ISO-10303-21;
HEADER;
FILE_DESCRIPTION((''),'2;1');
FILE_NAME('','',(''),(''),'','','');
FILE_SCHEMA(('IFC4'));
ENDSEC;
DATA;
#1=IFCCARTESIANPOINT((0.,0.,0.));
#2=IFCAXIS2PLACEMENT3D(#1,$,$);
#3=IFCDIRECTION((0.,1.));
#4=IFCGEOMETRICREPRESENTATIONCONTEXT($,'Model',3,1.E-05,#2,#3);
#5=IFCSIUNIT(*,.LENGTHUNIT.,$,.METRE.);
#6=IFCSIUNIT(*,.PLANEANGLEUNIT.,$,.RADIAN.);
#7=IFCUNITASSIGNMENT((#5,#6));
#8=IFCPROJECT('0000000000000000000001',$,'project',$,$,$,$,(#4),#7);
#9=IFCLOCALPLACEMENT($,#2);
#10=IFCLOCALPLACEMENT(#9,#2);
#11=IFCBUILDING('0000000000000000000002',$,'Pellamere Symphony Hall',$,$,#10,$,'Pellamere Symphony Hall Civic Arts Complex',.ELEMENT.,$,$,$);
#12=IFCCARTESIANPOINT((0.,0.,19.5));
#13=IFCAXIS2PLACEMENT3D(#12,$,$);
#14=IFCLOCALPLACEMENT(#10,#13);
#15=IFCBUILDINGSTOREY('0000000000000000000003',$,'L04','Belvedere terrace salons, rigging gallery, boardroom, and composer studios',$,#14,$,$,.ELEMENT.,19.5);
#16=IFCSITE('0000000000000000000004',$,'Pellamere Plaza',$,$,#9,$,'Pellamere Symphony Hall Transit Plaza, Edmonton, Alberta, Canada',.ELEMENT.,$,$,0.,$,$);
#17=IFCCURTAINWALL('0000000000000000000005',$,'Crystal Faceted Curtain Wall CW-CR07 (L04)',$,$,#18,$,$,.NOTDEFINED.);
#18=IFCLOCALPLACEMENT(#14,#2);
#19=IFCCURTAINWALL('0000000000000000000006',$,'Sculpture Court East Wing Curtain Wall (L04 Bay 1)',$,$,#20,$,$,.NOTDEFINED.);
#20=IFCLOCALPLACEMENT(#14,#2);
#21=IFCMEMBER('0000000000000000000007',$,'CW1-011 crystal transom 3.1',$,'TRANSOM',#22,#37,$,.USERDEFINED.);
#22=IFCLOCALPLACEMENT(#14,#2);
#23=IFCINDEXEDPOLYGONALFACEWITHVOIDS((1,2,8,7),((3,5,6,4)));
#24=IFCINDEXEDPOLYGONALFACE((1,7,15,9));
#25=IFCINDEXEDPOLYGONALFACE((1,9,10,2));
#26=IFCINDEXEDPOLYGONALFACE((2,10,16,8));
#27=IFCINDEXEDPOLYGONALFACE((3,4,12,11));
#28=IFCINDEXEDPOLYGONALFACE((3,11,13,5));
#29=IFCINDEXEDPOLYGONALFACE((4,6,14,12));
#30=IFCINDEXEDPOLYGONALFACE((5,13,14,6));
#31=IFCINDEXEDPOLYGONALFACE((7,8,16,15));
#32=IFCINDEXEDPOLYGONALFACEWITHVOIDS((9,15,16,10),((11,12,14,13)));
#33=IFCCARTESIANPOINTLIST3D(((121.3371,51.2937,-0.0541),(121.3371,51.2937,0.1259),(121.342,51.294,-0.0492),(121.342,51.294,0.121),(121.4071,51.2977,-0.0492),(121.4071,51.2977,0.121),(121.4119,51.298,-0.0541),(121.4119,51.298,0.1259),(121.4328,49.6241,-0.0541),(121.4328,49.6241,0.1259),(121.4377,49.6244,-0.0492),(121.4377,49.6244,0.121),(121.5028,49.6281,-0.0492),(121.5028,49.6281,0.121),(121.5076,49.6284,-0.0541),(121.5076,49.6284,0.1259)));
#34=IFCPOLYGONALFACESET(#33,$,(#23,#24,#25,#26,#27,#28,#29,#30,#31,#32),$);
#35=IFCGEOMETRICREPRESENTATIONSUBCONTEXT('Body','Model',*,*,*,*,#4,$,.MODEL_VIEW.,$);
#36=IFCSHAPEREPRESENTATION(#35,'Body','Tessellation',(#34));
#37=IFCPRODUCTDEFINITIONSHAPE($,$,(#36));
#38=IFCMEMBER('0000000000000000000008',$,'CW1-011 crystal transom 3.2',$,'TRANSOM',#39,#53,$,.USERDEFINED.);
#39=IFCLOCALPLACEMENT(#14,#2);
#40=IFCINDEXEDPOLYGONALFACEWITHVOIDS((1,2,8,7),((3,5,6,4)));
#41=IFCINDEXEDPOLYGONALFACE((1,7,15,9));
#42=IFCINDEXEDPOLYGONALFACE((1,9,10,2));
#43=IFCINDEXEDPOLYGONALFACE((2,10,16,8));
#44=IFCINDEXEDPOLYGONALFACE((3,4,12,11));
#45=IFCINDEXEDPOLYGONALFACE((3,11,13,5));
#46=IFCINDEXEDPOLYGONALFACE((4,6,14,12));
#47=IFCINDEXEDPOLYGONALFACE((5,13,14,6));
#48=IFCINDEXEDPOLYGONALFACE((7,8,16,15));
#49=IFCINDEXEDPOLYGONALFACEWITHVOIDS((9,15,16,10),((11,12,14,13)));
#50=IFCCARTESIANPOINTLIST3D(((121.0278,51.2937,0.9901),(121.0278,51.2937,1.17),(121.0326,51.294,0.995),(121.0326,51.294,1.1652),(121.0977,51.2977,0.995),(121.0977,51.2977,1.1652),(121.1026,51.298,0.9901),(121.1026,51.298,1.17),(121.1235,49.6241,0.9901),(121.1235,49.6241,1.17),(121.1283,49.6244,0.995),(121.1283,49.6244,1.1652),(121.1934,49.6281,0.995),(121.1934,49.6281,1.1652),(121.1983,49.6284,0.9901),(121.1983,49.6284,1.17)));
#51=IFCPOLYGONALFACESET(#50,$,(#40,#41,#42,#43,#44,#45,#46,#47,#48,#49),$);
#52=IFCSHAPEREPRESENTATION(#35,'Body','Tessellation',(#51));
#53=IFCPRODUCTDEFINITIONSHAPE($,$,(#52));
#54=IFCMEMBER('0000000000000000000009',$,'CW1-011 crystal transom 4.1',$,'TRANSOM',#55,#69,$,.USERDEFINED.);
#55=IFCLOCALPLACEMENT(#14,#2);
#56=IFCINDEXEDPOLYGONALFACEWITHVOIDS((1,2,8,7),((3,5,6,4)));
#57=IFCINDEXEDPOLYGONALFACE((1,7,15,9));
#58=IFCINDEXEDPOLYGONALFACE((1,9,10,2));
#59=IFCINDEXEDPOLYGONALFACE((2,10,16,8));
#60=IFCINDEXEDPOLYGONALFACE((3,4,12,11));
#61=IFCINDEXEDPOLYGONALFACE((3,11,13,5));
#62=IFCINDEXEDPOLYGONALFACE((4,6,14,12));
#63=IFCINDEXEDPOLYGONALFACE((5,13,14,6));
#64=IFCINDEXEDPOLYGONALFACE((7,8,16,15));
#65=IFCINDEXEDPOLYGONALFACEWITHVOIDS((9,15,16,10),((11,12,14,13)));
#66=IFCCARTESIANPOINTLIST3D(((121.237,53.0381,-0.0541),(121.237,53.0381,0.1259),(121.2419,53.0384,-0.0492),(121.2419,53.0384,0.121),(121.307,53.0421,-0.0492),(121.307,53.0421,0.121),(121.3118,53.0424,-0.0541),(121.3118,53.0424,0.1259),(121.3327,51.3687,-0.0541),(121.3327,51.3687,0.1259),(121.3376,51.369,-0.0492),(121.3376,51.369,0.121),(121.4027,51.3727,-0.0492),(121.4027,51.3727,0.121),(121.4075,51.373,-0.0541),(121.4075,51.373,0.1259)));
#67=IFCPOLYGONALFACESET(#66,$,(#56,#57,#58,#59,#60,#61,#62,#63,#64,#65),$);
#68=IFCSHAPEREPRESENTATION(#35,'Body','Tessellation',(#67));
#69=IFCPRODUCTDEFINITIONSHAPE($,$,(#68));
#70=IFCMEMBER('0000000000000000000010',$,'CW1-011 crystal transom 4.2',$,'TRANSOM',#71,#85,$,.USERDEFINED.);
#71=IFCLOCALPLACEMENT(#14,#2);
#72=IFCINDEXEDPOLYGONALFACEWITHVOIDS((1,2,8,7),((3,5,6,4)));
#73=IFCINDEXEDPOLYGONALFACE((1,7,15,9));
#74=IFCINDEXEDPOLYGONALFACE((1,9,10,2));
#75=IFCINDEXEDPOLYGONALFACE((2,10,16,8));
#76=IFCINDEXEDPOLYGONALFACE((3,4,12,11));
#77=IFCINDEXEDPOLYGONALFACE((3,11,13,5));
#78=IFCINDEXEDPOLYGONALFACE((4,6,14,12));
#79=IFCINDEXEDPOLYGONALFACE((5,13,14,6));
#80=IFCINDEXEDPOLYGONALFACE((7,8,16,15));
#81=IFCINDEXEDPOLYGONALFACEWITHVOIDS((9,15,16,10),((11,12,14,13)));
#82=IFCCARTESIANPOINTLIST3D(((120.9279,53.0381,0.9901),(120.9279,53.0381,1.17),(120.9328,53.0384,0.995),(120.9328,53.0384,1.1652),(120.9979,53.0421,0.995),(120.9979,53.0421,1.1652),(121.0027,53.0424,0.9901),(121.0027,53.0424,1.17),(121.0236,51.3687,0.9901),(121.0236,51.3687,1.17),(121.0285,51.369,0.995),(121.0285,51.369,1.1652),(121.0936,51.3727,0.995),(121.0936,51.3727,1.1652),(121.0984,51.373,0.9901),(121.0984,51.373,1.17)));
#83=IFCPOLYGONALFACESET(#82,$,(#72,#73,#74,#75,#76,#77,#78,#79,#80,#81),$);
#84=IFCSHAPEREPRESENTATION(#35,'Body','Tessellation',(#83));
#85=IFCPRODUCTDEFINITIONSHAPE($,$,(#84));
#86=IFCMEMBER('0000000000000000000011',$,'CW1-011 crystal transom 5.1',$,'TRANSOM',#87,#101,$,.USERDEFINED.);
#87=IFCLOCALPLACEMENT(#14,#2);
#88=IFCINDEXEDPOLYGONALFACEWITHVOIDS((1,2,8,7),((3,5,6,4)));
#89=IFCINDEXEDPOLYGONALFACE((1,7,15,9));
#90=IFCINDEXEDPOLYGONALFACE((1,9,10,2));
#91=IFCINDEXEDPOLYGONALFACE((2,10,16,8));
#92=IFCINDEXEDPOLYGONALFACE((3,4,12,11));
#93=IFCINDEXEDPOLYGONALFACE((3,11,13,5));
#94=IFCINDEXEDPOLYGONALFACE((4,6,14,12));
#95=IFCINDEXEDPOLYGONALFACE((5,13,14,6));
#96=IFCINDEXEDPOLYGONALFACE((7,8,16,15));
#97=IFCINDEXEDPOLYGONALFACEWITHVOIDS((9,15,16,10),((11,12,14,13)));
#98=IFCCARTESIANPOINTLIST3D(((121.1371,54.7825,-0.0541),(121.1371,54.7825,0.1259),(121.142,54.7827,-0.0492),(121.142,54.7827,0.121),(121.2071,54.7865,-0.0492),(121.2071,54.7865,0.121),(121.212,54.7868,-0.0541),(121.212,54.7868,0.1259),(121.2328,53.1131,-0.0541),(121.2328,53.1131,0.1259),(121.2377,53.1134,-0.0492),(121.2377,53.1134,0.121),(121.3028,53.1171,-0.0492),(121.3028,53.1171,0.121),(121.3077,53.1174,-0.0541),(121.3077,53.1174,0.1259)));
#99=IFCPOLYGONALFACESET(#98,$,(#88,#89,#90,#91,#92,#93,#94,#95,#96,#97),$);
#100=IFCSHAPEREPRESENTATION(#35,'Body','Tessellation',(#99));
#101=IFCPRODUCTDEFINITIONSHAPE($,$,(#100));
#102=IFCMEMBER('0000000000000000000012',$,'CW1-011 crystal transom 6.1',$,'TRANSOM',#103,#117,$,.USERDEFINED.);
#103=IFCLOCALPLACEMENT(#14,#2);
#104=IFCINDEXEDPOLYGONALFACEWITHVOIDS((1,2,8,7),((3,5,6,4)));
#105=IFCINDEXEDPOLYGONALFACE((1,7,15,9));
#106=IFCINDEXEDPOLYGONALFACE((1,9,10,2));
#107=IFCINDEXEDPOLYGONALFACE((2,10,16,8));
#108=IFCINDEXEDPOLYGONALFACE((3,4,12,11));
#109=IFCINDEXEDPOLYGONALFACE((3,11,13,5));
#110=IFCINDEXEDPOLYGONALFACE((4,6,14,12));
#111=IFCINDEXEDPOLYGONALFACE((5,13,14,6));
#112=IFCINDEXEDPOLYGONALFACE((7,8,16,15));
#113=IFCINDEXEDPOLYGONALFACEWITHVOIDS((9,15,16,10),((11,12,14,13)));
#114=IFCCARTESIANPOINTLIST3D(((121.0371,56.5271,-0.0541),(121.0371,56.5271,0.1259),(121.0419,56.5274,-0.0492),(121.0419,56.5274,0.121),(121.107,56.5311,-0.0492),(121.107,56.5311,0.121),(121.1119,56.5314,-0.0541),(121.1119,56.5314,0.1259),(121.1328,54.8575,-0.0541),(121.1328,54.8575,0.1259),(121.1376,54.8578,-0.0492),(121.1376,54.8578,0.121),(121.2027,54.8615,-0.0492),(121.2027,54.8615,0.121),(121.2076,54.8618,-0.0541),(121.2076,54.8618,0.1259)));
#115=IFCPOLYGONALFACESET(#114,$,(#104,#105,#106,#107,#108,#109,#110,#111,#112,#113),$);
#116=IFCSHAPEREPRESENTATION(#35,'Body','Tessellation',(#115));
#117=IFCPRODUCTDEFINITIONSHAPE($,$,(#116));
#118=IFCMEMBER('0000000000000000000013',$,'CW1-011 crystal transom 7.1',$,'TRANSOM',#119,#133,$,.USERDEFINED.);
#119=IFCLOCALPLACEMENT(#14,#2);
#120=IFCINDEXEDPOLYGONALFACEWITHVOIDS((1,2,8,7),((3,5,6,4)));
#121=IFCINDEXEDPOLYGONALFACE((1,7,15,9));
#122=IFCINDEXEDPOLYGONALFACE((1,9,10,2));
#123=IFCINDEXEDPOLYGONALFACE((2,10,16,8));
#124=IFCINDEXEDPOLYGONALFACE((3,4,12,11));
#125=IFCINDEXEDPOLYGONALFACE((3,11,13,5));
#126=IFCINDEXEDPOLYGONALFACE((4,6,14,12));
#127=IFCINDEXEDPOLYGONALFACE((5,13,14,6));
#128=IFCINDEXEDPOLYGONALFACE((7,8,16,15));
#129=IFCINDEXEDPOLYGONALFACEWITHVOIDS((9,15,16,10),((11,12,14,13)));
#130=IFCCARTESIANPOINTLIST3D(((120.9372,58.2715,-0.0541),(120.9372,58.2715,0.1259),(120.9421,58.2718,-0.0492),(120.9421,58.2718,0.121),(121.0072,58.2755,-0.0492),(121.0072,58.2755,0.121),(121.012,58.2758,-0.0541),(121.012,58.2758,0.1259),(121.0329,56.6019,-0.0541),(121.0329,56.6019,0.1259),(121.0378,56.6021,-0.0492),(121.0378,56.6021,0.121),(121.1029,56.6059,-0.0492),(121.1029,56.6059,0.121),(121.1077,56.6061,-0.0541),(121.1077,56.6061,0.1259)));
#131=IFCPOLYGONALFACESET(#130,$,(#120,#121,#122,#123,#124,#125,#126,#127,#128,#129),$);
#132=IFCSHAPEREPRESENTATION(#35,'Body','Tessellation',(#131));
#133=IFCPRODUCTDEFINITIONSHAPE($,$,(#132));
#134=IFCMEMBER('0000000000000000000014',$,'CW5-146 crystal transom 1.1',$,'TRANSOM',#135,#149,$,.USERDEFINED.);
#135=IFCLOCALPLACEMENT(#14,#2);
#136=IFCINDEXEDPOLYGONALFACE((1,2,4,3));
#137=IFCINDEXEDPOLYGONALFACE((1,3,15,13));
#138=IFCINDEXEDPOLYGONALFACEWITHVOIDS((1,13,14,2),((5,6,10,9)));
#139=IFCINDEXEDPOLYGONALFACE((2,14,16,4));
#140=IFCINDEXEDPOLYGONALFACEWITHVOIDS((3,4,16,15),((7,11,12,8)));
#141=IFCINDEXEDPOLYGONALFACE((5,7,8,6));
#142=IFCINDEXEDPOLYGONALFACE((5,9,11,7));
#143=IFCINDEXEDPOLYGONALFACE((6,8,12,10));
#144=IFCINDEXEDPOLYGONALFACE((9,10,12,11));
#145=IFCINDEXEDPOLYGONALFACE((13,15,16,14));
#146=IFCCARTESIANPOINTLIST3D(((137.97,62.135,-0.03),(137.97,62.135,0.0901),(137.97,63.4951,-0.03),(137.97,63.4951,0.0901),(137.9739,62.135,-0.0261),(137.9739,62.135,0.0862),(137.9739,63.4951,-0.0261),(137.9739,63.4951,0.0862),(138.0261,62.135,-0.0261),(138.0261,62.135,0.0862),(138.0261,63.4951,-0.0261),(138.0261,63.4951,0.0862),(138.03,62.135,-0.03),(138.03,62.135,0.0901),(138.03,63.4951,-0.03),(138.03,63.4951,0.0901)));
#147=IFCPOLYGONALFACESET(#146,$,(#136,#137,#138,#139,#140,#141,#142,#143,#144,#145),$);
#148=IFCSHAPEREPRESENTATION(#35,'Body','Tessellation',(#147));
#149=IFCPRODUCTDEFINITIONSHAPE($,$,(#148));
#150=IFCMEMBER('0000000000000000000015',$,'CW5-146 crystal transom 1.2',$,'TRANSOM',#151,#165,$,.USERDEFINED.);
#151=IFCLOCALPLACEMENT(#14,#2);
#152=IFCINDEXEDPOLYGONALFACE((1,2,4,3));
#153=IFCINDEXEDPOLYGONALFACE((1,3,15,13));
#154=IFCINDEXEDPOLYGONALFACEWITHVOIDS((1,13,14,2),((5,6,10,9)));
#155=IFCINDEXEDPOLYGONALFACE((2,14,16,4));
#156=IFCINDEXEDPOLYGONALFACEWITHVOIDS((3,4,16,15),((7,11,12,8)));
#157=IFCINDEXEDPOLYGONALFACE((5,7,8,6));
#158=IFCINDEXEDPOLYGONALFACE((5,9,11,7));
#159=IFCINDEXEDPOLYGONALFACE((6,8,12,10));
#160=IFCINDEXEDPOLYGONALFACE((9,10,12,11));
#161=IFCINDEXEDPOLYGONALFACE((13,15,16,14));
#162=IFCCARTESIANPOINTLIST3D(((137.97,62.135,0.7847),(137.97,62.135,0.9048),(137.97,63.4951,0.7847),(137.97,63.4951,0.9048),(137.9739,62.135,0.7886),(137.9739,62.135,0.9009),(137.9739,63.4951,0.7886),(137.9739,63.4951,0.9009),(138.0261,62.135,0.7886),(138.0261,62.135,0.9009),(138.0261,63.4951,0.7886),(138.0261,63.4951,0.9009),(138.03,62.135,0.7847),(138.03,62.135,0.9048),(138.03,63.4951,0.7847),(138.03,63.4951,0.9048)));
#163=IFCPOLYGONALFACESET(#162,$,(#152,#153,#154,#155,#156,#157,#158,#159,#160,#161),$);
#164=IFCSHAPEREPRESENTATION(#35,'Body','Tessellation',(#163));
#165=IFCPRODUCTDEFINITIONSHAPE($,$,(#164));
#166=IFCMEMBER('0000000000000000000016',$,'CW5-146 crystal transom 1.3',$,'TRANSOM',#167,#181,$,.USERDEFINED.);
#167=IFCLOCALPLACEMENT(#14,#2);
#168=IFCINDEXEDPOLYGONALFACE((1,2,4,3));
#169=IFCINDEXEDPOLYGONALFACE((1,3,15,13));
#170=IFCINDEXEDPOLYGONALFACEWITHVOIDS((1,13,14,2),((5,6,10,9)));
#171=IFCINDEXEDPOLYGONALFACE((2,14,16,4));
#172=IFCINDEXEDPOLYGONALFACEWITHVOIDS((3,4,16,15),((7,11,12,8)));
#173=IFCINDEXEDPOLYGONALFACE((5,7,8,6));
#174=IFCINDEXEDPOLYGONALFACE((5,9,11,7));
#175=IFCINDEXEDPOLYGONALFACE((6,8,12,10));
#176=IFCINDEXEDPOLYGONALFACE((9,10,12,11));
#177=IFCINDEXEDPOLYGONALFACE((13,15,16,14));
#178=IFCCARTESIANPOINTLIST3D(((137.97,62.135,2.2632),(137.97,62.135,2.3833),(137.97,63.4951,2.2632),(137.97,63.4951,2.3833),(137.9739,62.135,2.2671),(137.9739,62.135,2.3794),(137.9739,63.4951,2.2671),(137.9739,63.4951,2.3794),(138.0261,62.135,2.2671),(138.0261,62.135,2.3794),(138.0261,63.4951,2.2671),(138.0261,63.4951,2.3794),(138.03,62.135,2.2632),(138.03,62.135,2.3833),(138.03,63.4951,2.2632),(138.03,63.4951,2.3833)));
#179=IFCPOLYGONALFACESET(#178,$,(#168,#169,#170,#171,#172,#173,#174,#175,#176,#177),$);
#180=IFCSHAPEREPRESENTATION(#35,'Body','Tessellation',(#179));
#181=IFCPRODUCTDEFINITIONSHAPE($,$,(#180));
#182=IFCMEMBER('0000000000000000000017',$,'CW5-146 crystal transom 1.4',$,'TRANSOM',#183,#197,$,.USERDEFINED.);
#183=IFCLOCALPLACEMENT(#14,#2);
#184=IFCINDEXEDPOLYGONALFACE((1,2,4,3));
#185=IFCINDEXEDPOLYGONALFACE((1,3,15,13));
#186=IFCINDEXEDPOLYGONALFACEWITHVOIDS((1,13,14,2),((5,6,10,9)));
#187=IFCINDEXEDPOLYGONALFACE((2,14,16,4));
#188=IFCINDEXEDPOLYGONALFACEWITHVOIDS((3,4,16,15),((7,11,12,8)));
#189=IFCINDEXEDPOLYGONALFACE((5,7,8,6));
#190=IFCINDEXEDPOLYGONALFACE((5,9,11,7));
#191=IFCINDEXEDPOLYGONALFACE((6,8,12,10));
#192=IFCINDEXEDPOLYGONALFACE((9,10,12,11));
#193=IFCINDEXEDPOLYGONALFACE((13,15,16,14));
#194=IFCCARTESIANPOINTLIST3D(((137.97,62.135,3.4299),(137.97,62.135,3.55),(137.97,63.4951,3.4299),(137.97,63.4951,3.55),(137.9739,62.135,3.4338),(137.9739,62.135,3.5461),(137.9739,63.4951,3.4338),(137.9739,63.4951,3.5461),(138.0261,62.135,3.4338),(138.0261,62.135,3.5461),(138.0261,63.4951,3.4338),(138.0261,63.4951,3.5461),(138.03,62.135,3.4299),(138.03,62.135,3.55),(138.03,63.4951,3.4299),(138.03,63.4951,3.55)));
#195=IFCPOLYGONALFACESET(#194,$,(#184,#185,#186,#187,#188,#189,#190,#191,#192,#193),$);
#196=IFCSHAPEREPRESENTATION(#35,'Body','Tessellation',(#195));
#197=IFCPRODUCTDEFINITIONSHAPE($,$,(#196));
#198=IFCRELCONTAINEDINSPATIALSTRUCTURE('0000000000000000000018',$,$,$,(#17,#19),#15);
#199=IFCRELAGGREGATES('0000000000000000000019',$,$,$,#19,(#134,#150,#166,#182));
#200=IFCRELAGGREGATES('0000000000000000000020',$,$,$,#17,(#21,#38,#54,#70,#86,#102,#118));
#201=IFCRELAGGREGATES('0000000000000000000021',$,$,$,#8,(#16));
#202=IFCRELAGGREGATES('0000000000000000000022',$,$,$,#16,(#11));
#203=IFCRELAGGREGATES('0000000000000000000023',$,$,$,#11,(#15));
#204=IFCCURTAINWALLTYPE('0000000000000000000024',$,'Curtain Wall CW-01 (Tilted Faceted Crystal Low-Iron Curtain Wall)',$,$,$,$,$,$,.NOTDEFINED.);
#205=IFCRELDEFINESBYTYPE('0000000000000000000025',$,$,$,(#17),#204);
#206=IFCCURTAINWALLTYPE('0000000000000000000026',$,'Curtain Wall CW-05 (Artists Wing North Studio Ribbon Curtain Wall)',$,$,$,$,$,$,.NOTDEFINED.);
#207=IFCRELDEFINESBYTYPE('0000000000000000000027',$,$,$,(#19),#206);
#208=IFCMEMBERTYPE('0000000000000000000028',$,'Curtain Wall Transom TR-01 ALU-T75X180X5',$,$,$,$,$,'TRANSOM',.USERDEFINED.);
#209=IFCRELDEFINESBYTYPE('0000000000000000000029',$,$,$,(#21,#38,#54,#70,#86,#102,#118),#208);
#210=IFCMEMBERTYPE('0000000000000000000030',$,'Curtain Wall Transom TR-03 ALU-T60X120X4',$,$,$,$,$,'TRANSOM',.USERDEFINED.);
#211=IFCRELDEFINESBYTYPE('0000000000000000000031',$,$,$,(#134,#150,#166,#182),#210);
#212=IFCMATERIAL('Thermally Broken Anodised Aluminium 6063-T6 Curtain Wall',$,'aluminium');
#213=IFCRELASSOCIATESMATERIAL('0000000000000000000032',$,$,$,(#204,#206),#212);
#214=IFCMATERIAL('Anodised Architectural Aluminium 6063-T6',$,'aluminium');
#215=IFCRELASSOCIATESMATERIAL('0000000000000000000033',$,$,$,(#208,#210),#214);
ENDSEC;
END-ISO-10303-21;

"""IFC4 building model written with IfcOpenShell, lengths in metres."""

from ifc_helpers import new_model, si_unit, direction, frame, origin, origin_2d, place, context, subcontext, project, spatial, hollow_rectangle, extrude, material, material_profile, profile_set, type_object, element, aggregate, save


model = new_model("IFC4")

# Units and contexts
model_context = context("Model", 3, precision=1e-05, world=origin(), true_north=direction((0.0, 1.0)))
body_context = subcontext(model_context, "Body", "Model", "MODEL_VIEW")
ifc_project = project(units=[si_unit("LENGTHUNIT", "METRE"), si_unit("PLANEANGLEUNIT", "RADIAN")], contexts=[model_context])

# Site, building, storey
site_placement = place(None, origin())
site = spatial("IfcSite", under=ifc_project, at=site_placement, Name="Pellamere Plaza", LongName="Pellamere Symphony Hall Transit Plaza, Edmonton, Alberta, Canada", CompositionType="ELEMENT", RefElevation=0.0)
building_placement = place(site_placement, origin())
building = spatial("IfcBuilding", under=site, at=building_placement, Name="Pellamere Symphony Hall", LongName="Pellamere Symphony Hall Civic Arts Complex", CompositionType="ELEMENT")
storey_placement = place(building_placement, frame((0.0, 0.0, 19.5)))
storey = spatial("IfcBuildingStorey", under=building, at=storey_placement, Name="L04", Description="Belvedere terrace salons, rigging gallery, boardroom, and composer studios", CompositionType="ELEMENT", Elevation=19.5)

# Curtain wall
ifc_material_1 = material(Name="Thermally Broken Anodised Aluminium 6063-T6 Curtain Wall", Category="aluminium")
curtain_wall_type_1 = type_object("IfcCurtainWallType", Name="Curtain Wall CW-01 (Tilted Faceted Crystal Low-Iron Curtain Wall)", PredefinedType="NOTDEFINED", material=ifc_material_1)
curtain_wall_1_placement = place(storey_placement, origin())
curtain_wall_1 = element("IfcCurtainWall", 1, at=curtain_wall_1_placement, inside=storey, type_object=curtain_wall_type_1, Name="Crystal Faceted Curtain Wall CW-CR07 (L04)", PredefinedType="NOTDEFINED")
ifc_material_2 = material(Name="Anodised Architectural Aluminium 6063-T6", Category="aluminium")

# Curtain wall
curtain_wall_type_2 = type_object("IfcCurtainWallType", Name="Curtain Wall CW-05 (Artists Wing North Studio Ribbon Curtain Wall)", PredefinedType="NOTDEFINED", material=ifc_material_1)
curtain_wall_2_placement = place(storey_placement, origin())
curtain_wall_2 = element("IfcCurtainWall", 2, at=curtain_wall_2_placement, inside=storey, type_object=curtain_wall_type_2, Name="Sculpture Court East Wing Curtain Wall (L04 Bay 1)", PredefinedType="NOTDEFINED")

# Members
ifc_material_profile_1 = material_profile(ifc_material_2, hollow_rectangle(XDim=0.075, YDim=0.1799, WallThickness=0.0049, at=origin_2d()), Name="ALU-T75X180X5")
ifc_profile_set_1 = profile_set([ifc_material_profile_1], Name="Anodised Architectural Aluminium 6063-T6")
member_type_1 = type_object("IfcMemberType", Name="Curtain Wall Transom TR-01 ALU-T75X180X5", ElementType="TRANSOM", PredefinedType="USERDEFINED", material=ifc_profile_set_1)
member_1_placement = place(storey_placement, frame((121.4702, 49.6262, 0.0359), z_axis=(-0.057224, 0.998361, 0.0), x_axis=(-0.998361, -0.057224, 0.0)))
member_1 = element("IfcMember", 3, at=member_1_placement, type_object=member_type_1, Name="CW1-011 crystal transom 3.1", ObjectType="TRANSOM", PredefinedType="USERDEFINED", context=body_context, shape_type="SweptSolid", body=[
    extrude(hollow_rectangle(XDim=0.075, YDim=0.1799, WallThickness=0.0049, at=origin_2d()), origin(), (0.0, 0.0, 1.0), 1.6724),
])
member_2_placement = place(storey_placement, frame((121.1609, 49.6262, 1.0801), z_axis=(-0.057224, 0.998361, 0.0), x_axis=(-0.998361, -0.057224, 0.0)))
member_2 = element("IfcMember", 4, at=member_2_placement, type_object=member_type_1, Name="CW1-011 crystal transom 3.2", ObjectType="TRANSOM", PredefinedType="USERDEFINED", context=body_context, shape_type="SweptSolid", body=[
    extrude(hollow_rectangle(XDim=0.075, YDim=0.1799, WallThickness=0.0049, at=origin_2d()), origin(), (0.0, 0.0, 1.0), 1.6724),
])
member_3_placement = place(storey_placement, frame((121.3701, 51.3708, 0.0359), z_axis=(-0.057233, 0.998361, 0.0), x_axis=(-0.998361, -0.057233, 0.0)))
member_3 = element("IfcMember", 5, at=member_3_placement, type_object=member_type_1, Name="CW1-011 crystal transom 4.1", ObjectType="TRANSOM", PredefinedType="USERDEFINED", context=body_context, shape_type="SweptSolid", body=[
    extrude(hollow_rectangle(XDim=0.075, YDim=0.1799, WallThickness=0.0049, at=origin_2d()), origin(), (0.0, 0.0, 1.0), 1.6721),
])
member_4_placement = place(storey_placement, frame((121.061, 51.3708, 1.0801), z_axis=(-0.057233, 0.998361, 0.0), x_axis=(-0.998361, -0.057233, 0.0)))
member_4 = element("IfcMember", 6, at=member_4_placement, type_object=member_type_1, Name="CW1-011 crystal transom 4.2", ObjectType="TRANSOM", PredefinedType="USERDEFINED", context=body_context, shape_type="SweptSolid", body=[
    extrude(hollow_rectangle(XDim=0.075, YDim=0.1799, WallThickness=0.0049, at=origin_2d()), origin(), (0.0, 0.0, 1.0), 1.6721),
])
member_5_placement = place(storey_placement, frame((121.2703, 53.1152, 0.0359), z_axis=(-0.057233, 0.998361, 0.0), x_axis=(-0.998361, -0.057233, 0.0)))
member_5 = element("IfcMember", 7, at=member_5_placement, type_object=member_type_1, Name="CW1-011 crystal transom 5.1", ObjectType="TRANSOM", PredefinedType="USERDEFINED", context=body_context, shape_type="SweptSolid", body=[
    extrude(hollow_rectangle(XDim=0.075, YDim=0.1799, WallThickness=0.0049, at=origin_2d()), origin(), (0.0, 0.0, 1.0), 1.6721),
])
member_6_placement = place(storey_placement, frame((121.1702, 54.8596, 0.0359), z_axis=(-0.057224, 0.998361, 0.0), x_axis=(-0.998361, -0.057224, 0.0)))
member_6 = element("IfcMember", 8, at=member_6_placement, type_object=member_type_1, Name="CW1-011 crystal transom 6.1", ObjectType="TRANSOM", PredefinedType="USERDEFINED", context=body_context, shape_type="SweptSolid", body=[
    extrude(hollow_rectangle(XDim=0.075, YDim=0.1799, WallThickness=0.0049, at=origin_2d()), origin(), (0.0, 0.0, 1.0), 1.6724),
])
member_7_placement = place(storey_placement, frame((121.0703, 56.604, 0.0359), z_axis=(-0.057224, 0.998361, 0.0), x_axis=(-0.998361, -0.057224, 0.0)))
member_7 = element("IfcMember", 9, at=member_7_placement, type_object=member_type_1, Name="CW1-011 crystal transom 7.1", ObjectType="TRANSOM", PredefinedType="USERDEFINED", context=body_context, shape_type="SweptSolid", body=[
    extrude(hollow_rectangle(XDim=0.075, YDim=0.1799, WallThickness=0.0049, at=origin_2d()), origin(), (0.0, 0.0, 1.0), 1.6724),
])
ifc_material_profile_2 = material_profile(ifc_material_2, hollow_rectangle(XDim=0.0601, YDim=0.1201, WallThickness=0.0039, at=origin_2d()), Name="ALU-T60X120X4")
ifc_profile_set_2 = profile_set([ifc_material_profile_2], Name="Anodised Architectural Aluminium 6063-T6")
member_type_2 = type_object("IfcMemberType", Name="Curtain Wall Transom TR-03 ALU-T60X120X4", ElementType="TRANSOM", PredefinedType="USERDEFINED", material=ifc_profile_set_2)
member_8_placement = place(storey_placement, frame((138.0, 62.135, 0.03), z_axis=(0.0, 1.0, 0.0), x_axis=(-1.0, 0.0, 0.0)))
member_8 = element("IfcMember", 10, at=member_8_placement, type_object=member_type_2, Name="CW5-146 crystal transom 1.1", ObjectType="TRANSOM", PredefinedType="USERDEFINED", context=body_context, shape_type="SweptSolid", body=[
    extrude(hollow_rectangle(XDim=0.0601, YDim=0.1201, WallThickness=0.0039, at=origin_2d()), origin(), (0.0, 0.0, 1.0), 1.3601),
])
member_9_placement = place(storey_placement, frame((138.0, 62.135, 0.8447), z_axis=(0.0, 1.0, 0.0), x_axis=(-1.0, 0.0, 0.0)))
member_9 = element("IfcMember", 11, at=member_9_placement, type_object=member_type_2, Name="CW5-146 crystal transom 1.2", ObjectType="TRANSOM", PredefinedType="USERDEFINED", context=body_context, shape_type="SweptSolid", body=[
    extrude(hollow_rectangle(XDim=0.0601, YDim=0.1201, WallThickness=0.0039, at=origin_2d()), origin(), (0.0, 0.0, 1.0), 1.3601),
])
member_10_placement = place(storey_placement, frame((138.0, 62.135, 2.3232), z_axis=(0.0, 1.0, 0.0), x_axis=(-1.0, 0.0, 0.0)))
member_10 = element("IfcMember", 12, at=member_10_placement, type_object=member_type_2, Name="CW5-146 crystal transom 1.3", ObjectType="TRANSOM", PredefinedType="USERDEFINED", context=body_context, shape_type="SweptSolid", body=[
    extrude(hollow_rectangle(XDim=0.0601, YDim=0.1201, WallThickness=0.0039, at=origin_2d()), origin(), (0.0, 0.0, 1.0), 1.3601),
])
member_11_placement = place(storey_placement, frame((138.0, 62.135, 3.49), z_axis=(0.0, 1.0, 0.0), x_axis=(-1.0, 0.0, 0.0)))
member_11 = element("IfcMember", 13, at=member_11_placement, type_object=member_type_2, Name="CW5-146 crystal transom 1.4", ObjectType="TRANSOM", PredefinedType="USERDEFINED", context=body_context, shape_type="SweptSolid", body=[
    extrude(hollow_rectangle(XDim=0.0601, YDim=0.1201, WallThickness=0.0039, at=origin_2d()), origin(), (0.0, 0.0, 1.0), 1.3601),
])

aggregate(curtain_wall_2, [member_8, member_9, member_10, member_11])
aggregate(curtain_wall_1, [member_1, member_2, member_3, member_4, member_5, member_6, member_7])

save(model, "model.ifc")
